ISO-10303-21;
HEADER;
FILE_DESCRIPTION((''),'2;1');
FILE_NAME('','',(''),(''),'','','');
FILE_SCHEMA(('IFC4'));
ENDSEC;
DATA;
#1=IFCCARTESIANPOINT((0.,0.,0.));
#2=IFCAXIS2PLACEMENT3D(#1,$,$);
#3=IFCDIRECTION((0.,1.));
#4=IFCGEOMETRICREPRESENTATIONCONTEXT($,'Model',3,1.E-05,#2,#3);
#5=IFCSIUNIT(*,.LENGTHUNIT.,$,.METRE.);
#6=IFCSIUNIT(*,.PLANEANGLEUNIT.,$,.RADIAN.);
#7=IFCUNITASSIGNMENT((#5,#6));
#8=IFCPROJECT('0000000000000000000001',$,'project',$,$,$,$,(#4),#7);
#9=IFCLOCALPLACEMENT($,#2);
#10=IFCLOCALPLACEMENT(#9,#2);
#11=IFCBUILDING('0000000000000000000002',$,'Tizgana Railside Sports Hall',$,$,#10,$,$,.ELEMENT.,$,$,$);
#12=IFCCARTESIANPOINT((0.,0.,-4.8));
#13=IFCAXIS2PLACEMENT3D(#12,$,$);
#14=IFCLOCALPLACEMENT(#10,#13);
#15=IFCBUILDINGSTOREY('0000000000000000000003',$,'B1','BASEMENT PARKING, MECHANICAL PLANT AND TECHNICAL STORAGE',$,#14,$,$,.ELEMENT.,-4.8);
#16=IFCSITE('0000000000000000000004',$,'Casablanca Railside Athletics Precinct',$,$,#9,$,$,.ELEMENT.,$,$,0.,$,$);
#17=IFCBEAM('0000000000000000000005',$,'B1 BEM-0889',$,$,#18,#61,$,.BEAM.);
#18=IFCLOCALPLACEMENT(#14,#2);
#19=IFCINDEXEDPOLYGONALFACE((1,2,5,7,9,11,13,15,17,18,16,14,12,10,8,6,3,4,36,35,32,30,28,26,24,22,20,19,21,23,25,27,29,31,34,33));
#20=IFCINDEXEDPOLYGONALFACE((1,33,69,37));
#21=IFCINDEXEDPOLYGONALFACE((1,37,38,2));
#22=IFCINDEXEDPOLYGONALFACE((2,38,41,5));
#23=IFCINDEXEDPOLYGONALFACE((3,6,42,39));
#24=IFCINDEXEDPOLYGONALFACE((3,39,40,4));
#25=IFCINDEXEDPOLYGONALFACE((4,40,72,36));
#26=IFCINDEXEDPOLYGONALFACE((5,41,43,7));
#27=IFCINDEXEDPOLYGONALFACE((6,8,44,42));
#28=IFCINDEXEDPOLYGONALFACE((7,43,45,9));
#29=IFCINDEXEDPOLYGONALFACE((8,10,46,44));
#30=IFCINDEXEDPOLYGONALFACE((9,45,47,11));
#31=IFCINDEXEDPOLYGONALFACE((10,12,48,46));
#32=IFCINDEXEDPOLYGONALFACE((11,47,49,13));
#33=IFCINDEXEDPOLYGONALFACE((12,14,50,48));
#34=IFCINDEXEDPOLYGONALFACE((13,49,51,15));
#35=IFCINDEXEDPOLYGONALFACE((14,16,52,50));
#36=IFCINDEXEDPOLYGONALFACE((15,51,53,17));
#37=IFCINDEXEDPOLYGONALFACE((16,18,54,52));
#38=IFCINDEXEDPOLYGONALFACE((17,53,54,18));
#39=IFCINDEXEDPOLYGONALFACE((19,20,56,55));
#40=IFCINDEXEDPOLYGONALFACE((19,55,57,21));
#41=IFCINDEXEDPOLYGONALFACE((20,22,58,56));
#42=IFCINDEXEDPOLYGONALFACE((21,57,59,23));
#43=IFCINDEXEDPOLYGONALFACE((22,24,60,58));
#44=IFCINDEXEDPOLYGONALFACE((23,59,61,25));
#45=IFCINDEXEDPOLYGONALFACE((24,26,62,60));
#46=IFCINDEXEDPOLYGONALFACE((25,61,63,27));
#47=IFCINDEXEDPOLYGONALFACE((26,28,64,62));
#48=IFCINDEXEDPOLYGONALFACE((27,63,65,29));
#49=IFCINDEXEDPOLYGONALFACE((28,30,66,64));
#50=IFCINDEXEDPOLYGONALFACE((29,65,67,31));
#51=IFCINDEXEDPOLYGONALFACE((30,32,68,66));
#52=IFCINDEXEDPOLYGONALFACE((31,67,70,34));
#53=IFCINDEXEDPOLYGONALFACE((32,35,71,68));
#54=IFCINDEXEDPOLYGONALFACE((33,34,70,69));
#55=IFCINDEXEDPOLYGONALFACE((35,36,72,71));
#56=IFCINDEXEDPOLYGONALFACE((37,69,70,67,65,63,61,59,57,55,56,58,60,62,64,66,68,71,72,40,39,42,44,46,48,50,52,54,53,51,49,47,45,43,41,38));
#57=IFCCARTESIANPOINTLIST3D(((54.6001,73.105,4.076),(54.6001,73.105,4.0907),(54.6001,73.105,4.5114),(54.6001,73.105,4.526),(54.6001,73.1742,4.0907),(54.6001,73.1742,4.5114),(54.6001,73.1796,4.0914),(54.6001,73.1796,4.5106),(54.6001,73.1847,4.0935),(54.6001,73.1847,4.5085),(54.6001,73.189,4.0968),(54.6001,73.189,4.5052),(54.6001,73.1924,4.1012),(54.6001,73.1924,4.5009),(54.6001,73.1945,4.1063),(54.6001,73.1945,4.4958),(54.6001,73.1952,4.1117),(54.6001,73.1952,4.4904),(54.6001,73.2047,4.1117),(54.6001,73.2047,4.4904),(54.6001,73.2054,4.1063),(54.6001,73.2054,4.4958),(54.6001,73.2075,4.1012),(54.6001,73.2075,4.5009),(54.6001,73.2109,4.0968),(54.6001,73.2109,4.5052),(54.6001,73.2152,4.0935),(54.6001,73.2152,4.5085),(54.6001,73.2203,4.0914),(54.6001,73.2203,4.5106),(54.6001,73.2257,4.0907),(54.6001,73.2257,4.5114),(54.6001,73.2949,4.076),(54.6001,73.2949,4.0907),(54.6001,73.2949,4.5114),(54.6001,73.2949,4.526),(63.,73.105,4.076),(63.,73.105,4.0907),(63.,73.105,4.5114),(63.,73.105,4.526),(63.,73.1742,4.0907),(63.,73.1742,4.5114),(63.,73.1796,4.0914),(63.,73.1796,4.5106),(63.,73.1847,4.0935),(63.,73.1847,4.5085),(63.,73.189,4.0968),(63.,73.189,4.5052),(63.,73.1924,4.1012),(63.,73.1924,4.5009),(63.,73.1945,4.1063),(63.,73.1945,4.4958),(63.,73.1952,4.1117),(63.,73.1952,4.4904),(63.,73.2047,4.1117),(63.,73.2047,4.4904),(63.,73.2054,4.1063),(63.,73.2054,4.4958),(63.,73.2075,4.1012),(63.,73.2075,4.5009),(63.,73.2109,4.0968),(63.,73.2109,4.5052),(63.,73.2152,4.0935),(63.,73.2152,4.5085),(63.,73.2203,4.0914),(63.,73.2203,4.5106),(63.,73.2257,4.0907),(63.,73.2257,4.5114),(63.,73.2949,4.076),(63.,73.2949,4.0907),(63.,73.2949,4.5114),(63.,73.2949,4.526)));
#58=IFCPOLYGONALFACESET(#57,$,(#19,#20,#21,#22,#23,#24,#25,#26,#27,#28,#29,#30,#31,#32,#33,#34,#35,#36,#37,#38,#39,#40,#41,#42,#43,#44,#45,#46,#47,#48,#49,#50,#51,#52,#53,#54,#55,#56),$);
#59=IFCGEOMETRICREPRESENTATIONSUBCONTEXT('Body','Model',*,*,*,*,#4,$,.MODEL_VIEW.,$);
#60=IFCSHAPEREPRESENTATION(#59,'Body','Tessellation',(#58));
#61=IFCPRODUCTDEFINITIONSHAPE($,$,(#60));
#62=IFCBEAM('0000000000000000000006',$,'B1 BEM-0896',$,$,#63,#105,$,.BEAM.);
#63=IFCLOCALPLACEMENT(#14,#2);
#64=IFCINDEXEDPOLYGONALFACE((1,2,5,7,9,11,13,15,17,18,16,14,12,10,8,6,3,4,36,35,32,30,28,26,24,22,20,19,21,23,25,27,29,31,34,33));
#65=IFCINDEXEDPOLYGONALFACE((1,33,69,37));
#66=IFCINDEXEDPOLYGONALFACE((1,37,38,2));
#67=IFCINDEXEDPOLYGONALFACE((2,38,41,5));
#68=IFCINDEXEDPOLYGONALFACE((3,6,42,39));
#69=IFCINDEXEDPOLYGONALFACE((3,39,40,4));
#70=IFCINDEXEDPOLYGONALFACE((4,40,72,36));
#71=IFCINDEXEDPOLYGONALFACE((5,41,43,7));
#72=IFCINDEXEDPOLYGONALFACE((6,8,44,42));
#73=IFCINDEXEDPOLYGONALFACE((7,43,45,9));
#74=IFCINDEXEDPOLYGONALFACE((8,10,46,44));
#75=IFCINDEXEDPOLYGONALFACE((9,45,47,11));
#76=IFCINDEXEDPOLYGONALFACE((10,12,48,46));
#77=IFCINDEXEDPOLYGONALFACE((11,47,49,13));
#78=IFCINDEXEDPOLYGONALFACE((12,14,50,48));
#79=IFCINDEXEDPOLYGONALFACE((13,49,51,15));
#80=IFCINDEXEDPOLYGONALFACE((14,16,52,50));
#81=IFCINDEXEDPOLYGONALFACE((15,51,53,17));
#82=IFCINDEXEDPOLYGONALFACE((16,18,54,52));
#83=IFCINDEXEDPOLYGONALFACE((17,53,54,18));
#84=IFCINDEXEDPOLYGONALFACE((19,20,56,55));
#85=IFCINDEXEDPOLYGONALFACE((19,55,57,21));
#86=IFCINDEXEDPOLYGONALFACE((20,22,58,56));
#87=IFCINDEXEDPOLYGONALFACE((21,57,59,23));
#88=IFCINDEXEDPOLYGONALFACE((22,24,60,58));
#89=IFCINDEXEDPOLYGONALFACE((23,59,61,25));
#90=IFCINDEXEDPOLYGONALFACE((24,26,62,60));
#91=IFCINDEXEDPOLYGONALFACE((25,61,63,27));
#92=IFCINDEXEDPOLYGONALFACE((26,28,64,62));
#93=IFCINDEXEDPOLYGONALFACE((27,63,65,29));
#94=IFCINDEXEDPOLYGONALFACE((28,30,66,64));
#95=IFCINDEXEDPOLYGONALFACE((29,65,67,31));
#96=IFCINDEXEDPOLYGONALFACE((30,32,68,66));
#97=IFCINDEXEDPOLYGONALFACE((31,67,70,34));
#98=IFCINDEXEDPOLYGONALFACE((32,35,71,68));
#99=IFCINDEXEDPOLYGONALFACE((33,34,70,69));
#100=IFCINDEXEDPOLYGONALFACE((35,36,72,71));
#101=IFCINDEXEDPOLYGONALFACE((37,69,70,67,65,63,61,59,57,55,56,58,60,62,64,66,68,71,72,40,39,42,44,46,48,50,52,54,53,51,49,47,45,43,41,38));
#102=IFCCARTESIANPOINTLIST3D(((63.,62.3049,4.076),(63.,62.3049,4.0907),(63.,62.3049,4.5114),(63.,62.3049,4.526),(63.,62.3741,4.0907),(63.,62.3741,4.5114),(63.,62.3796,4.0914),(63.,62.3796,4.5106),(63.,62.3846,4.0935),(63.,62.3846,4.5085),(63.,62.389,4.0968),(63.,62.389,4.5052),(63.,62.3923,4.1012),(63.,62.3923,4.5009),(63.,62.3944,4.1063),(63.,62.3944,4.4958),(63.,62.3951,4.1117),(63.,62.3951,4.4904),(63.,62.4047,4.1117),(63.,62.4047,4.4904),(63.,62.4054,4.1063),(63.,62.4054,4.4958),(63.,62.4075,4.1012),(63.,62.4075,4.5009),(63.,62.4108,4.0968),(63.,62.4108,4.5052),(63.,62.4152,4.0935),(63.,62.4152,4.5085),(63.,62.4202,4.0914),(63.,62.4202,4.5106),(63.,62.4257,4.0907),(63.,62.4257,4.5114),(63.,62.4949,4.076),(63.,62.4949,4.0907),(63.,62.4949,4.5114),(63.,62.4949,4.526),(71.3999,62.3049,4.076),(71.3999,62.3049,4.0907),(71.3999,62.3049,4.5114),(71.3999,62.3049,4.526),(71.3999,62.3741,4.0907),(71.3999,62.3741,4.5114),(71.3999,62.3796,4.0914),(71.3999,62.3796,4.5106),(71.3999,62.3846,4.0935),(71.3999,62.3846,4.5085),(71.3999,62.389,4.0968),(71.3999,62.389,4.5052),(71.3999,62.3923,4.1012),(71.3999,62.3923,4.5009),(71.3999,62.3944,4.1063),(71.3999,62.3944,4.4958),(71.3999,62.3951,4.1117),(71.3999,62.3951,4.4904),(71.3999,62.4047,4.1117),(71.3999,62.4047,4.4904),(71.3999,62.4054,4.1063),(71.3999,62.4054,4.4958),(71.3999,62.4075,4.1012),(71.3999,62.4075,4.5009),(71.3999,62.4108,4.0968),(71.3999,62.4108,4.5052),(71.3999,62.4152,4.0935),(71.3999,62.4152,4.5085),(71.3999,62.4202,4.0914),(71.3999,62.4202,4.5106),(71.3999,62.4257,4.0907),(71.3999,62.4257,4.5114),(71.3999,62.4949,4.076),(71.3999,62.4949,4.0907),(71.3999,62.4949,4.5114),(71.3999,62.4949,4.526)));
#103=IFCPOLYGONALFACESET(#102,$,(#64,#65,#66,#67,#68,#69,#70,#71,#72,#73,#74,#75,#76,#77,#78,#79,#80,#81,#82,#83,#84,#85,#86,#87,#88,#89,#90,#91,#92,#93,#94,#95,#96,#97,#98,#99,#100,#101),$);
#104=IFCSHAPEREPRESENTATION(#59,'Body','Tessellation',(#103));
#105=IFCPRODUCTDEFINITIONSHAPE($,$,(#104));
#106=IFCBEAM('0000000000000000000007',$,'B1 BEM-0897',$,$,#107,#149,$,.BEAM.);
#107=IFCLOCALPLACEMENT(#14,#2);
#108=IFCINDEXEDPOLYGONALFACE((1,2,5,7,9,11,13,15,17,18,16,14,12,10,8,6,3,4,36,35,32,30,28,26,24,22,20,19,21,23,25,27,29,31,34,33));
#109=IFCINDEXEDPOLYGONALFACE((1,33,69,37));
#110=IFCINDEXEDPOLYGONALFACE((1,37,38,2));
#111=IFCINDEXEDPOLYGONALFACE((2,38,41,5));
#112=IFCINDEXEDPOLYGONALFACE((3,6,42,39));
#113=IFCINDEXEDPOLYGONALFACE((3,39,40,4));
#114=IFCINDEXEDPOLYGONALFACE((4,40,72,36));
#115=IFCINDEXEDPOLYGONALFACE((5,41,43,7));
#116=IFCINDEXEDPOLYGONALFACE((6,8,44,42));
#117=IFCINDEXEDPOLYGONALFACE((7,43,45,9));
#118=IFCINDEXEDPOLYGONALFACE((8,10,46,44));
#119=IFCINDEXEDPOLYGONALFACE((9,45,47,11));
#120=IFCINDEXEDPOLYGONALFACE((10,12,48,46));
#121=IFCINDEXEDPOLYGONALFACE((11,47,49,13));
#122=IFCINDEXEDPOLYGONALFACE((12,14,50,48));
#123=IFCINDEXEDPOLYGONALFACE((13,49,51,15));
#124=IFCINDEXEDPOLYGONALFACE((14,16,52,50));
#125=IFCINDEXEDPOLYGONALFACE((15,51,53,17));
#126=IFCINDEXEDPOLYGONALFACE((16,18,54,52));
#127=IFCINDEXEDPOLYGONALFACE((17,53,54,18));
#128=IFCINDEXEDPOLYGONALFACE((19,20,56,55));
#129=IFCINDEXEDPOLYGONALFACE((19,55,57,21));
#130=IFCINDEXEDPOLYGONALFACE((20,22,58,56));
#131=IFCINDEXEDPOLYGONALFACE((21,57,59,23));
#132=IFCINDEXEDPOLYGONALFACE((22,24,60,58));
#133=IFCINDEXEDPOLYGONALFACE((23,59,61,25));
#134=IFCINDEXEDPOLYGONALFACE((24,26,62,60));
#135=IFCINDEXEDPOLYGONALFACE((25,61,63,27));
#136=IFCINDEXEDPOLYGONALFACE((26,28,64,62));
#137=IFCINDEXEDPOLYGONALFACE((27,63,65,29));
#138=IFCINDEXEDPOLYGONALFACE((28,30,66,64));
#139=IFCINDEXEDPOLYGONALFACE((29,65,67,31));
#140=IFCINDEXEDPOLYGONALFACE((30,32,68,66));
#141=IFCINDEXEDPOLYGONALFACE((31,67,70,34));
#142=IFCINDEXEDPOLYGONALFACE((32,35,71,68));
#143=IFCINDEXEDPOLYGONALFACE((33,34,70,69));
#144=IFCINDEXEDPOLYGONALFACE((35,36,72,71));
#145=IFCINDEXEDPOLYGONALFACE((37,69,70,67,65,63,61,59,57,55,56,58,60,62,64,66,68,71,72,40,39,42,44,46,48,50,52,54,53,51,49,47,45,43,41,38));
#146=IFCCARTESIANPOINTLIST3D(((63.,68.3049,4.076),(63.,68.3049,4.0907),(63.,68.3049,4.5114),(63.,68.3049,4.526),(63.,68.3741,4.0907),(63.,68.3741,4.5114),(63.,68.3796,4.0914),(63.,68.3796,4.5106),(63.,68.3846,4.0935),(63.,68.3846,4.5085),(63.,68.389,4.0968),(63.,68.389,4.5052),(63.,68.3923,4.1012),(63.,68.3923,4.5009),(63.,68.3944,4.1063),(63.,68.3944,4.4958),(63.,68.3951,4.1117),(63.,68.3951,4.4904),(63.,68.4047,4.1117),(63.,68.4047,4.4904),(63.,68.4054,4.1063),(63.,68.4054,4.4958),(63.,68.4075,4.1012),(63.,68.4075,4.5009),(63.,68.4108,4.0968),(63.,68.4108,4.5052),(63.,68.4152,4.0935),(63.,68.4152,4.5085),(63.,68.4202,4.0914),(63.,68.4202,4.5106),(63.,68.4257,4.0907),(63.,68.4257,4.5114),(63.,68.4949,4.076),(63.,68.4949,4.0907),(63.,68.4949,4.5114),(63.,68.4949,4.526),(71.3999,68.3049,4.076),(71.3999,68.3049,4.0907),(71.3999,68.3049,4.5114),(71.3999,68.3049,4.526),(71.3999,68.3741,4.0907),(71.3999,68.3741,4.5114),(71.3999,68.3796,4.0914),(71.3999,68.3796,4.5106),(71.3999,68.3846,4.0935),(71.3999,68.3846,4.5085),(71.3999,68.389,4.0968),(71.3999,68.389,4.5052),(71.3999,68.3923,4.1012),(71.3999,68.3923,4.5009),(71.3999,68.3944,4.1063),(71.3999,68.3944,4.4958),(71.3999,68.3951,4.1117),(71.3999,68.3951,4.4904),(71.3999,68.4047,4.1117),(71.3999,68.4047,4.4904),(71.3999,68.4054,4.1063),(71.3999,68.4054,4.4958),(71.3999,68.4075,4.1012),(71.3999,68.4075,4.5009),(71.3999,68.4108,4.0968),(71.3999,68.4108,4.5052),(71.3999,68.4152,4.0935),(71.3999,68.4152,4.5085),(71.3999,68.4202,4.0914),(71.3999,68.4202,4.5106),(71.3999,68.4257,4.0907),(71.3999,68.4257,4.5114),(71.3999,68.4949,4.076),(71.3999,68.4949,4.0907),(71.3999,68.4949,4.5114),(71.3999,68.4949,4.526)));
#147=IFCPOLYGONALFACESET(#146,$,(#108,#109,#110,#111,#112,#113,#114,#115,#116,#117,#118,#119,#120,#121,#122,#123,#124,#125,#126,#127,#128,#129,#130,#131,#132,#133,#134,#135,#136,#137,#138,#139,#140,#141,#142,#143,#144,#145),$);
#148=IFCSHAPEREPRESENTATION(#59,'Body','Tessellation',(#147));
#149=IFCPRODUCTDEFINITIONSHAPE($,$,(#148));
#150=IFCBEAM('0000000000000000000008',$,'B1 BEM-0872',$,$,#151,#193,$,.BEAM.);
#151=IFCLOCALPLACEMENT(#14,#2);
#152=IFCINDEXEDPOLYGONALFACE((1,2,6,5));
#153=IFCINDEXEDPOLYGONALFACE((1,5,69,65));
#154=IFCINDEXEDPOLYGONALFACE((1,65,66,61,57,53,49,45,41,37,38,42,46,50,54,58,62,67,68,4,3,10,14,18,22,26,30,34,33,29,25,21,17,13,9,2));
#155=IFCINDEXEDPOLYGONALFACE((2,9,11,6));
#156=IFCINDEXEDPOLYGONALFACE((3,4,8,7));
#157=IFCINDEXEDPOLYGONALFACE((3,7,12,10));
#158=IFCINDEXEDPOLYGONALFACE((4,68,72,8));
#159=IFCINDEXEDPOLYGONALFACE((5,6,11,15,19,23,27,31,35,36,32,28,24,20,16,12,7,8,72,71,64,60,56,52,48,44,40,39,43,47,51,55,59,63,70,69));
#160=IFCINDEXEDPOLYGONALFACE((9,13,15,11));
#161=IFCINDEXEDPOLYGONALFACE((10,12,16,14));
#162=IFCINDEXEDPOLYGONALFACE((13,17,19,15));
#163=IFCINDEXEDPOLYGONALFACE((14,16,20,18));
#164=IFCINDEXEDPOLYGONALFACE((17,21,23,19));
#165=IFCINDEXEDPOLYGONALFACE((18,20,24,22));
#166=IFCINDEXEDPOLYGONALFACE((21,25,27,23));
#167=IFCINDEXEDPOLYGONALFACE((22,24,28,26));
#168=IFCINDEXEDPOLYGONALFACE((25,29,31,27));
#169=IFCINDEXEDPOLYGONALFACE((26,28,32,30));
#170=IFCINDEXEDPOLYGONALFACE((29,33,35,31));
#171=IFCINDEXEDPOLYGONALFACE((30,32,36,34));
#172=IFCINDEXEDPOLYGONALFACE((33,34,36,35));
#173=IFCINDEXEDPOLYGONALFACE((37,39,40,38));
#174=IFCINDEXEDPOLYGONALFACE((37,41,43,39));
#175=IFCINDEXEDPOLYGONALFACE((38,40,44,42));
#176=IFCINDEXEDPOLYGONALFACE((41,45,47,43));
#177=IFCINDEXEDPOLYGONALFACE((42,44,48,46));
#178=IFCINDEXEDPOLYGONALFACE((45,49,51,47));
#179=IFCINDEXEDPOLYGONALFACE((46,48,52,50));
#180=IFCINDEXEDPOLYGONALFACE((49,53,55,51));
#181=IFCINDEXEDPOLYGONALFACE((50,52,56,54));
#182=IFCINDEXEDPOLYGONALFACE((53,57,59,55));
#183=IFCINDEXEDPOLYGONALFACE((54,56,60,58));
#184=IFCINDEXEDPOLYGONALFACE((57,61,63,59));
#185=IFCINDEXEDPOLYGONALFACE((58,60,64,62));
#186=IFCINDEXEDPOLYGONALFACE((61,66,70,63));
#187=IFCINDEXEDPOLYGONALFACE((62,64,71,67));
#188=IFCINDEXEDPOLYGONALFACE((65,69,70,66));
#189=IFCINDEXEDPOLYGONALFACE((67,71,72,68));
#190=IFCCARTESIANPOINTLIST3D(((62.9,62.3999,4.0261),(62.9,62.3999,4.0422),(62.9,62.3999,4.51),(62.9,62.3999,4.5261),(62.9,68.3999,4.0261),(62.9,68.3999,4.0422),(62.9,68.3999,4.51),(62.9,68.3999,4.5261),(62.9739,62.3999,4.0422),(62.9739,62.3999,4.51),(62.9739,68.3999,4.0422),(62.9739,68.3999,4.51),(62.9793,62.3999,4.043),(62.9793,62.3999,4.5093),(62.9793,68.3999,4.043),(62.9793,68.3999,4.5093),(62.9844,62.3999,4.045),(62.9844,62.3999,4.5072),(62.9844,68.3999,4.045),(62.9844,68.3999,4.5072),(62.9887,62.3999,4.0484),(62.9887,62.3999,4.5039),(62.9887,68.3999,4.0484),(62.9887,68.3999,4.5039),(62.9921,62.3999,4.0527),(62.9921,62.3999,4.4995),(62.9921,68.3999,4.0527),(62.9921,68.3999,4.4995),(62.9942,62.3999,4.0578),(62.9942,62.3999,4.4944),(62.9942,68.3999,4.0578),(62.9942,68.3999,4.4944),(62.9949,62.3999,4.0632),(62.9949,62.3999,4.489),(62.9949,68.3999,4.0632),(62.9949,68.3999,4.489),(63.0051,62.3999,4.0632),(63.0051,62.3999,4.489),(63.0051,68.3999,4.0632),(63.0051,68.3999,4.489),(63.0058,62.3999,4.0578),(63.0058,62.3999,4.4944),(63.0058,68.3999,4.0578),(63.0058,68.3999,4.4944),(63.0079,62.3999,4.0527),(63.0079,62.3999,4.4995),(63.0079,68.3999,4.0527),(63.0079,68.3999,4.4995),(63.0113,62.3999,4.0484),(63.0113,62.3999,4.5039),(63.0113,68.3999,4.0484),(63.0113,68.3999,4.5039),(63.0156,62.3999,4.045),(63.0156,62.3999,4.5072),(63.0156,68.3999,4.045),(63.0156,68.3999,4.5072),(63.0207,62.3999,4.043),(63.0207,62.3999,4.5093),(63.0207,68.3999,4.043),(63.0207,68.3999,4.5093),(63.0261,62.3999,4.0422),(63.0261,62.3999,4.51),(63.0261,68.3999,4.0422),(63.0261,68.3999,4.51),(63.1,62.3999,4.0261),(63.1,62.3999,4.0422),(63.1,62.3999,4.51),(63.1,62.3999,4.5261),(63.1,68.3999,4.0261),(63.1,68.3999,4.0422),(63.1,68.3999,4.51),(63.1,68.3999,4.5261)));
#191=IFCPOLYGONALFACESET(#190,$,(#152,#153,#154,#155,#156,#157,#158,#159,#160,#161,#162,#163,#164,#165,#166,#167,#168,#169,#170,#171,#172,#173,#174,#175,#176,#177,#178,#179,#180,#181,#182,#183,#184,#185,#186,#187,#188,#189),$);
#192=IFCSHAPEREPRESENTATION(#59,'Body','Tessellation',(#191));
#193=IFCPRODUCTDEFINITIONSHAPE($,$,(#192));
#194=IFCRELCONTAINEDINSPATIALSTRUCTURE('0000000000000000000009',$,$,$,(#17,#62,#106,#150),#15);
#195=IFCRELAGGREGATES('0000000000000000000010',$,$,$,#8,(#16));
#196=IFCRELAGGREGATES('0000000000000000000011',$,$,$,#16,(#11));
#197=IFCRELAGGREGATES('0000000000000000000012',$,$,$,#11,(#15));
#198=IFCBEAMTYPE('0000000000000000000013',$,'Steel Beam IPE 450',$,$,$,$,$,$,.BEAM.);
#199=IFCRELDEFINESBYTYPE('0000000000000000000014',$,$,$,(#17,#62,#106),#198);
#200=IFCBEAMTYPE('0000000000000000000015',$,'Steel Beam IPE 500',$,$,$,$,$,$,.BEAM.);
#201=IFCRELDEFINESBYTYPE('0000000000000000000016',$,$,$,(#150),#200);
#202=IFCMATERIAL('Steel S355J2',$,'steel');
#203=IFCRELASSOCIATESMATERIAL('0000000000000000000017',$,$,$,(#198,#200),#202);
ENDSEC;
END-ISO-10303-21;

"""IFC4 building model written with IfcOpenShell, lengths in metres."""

from ifc_helpers import new_model, si_unit, direction, frame, origin, origin_2d, place, context, subcontext, project, spatial, i_section, extrude, material, material_profile, profile_set, type_object, element, save


model = new_model("IFC4")

# Units and contexts
model_context = context("Model", 3, precision=1e-05, world=origin(), true_north=direction((0.0, 1.0)))
body_context = subcontext(model_context, "Body", "Model", "MODEL_VIEW")
ifc_project = project(units=[si_unit("LENGTHUNIT", "METRE"), si_unit("PLANEANGLEUNIT", "RADIAN")], contexts=[model_context])

# Site, building, storey
site_placement = place(None, origin())
site = spatial("IfcSite", under=ifc_project, at=site_placement, Name="Casablanca Railside Athletics Precinct", CompositionType="ELEMENT", RefElevation=0.0)
building_placement = place(site_placement, origin())
building = spatial("IfcBuilding", under=site, at=building_placement, Name="Tizgana Railside Sports Hall", CompositionType="ELEMENT")
storey_placement = place(building_placement, frame((0.0, 0.0, -4.8)))
storey = spatial("IfcBuildingStorey", under=building, at=storey_placement, Name="B1", Description="BASEMENT PARKING, MECHANICAL PLANT AND TECHNICAL STORAGE", CompositionType="ELEMENT", Elevation=-4.8)

# Beams
ifc_material_1 = material(Name="Steel S355J2", Category="steel")
ifc_material_profile_1 = material_profile(ifc_material_1, i_section(OverallWidth=0.1899, OverallDepth=0.45, WebThickness=0.0095, FlangeThickness=0.0146, FilletRadius=0.021, at=origin_2d()), Name="IPE 450")
ifc_profile_set_1 = profile_set([ifc_material_profile_1], Name="Steel S355J2")
beam_type_1 = type_object("IfcBeamType", Name="Steel Beam IPE 450", PredefinedType="BEAM", material=ifc_profile_set_1)
for number, where, z_axis, x_axis, name in (
    (1, (54.6001, 73.2, 4.301), (1.0, 0.0, 0.0), (0.0, 1.0, 0.0), "B1 BEM-0889"),
    (2, (63.0, 62.3999, 4.301), (1.0, 0.0, 0.0), (0.0, 1.0, 0.0), "B1 BEM-0896"),
    (3, (63.0, 68.3999, 4.301), (1.0, 0.0, 0.0), (0.0, 1.0, 0.0), "B1 BEM-0897"),
):
    element("IfcBeam", number, at=place(storey_placement, frame(where, z_axis=z_axis, x_axis=x_axis)), inside=storey, type_object=beam_type_1, Name=name, PredefinedType="BEAM", context=body_context, shape_type="SweptSolid", body=[
        extrude(i_section(OverallWidth=0.1899, OverallDepth=0.45, WebThickness=0.0095, FlangeThickness=0.0146, FilletRadius=0.021, at=origin_2d()), origin(), (0.0, 0.0, 1.0), 8.3999),
    ])
ifc_material_profile_2 = material_profile(ifc_material_1, i_section(OverallWidth=0.2, OverallDepth=0.5, WebThickness=0.0103, FlangeThickness=0.0161, FilletRadius=0.021, at=origin_2d()), Name="IPE 500")
ifc_profile_set_2 = profile_set([ifc_material_profile_2], Name="Steel S355J2")
beam_type_2 = type_object("IfcBeamType", Name="Steel Beam IPE 500", PredefinedType="BEAM", material=ifc_profile_set_2)
beam_1_placement = place(storey_placement, frame((63.0, 62.3999, 4.2761), z_axis=(0.0, 1.0, 0.0), x_axis=(-1.0, 0.0, 0.0)))
element("IfcBeam", 4, at=beam_1_placement, inside=storey, type_object=beam_type_2, Name="B1 BEM-0872", PredefinedType="BEAM", context=body_context, shape_type="SweptSolid", body=[
    extrude(i_section(OverallWidth=0.2, OverallDepth=0.5, WebThickness=0.0103, FlangeThickness=0.0161, FilletRadius=0.021, at=origin_2d()), origin(), (0.0, 0.0, 1.0), 6.0),
])

save(model, "model.ifc")
